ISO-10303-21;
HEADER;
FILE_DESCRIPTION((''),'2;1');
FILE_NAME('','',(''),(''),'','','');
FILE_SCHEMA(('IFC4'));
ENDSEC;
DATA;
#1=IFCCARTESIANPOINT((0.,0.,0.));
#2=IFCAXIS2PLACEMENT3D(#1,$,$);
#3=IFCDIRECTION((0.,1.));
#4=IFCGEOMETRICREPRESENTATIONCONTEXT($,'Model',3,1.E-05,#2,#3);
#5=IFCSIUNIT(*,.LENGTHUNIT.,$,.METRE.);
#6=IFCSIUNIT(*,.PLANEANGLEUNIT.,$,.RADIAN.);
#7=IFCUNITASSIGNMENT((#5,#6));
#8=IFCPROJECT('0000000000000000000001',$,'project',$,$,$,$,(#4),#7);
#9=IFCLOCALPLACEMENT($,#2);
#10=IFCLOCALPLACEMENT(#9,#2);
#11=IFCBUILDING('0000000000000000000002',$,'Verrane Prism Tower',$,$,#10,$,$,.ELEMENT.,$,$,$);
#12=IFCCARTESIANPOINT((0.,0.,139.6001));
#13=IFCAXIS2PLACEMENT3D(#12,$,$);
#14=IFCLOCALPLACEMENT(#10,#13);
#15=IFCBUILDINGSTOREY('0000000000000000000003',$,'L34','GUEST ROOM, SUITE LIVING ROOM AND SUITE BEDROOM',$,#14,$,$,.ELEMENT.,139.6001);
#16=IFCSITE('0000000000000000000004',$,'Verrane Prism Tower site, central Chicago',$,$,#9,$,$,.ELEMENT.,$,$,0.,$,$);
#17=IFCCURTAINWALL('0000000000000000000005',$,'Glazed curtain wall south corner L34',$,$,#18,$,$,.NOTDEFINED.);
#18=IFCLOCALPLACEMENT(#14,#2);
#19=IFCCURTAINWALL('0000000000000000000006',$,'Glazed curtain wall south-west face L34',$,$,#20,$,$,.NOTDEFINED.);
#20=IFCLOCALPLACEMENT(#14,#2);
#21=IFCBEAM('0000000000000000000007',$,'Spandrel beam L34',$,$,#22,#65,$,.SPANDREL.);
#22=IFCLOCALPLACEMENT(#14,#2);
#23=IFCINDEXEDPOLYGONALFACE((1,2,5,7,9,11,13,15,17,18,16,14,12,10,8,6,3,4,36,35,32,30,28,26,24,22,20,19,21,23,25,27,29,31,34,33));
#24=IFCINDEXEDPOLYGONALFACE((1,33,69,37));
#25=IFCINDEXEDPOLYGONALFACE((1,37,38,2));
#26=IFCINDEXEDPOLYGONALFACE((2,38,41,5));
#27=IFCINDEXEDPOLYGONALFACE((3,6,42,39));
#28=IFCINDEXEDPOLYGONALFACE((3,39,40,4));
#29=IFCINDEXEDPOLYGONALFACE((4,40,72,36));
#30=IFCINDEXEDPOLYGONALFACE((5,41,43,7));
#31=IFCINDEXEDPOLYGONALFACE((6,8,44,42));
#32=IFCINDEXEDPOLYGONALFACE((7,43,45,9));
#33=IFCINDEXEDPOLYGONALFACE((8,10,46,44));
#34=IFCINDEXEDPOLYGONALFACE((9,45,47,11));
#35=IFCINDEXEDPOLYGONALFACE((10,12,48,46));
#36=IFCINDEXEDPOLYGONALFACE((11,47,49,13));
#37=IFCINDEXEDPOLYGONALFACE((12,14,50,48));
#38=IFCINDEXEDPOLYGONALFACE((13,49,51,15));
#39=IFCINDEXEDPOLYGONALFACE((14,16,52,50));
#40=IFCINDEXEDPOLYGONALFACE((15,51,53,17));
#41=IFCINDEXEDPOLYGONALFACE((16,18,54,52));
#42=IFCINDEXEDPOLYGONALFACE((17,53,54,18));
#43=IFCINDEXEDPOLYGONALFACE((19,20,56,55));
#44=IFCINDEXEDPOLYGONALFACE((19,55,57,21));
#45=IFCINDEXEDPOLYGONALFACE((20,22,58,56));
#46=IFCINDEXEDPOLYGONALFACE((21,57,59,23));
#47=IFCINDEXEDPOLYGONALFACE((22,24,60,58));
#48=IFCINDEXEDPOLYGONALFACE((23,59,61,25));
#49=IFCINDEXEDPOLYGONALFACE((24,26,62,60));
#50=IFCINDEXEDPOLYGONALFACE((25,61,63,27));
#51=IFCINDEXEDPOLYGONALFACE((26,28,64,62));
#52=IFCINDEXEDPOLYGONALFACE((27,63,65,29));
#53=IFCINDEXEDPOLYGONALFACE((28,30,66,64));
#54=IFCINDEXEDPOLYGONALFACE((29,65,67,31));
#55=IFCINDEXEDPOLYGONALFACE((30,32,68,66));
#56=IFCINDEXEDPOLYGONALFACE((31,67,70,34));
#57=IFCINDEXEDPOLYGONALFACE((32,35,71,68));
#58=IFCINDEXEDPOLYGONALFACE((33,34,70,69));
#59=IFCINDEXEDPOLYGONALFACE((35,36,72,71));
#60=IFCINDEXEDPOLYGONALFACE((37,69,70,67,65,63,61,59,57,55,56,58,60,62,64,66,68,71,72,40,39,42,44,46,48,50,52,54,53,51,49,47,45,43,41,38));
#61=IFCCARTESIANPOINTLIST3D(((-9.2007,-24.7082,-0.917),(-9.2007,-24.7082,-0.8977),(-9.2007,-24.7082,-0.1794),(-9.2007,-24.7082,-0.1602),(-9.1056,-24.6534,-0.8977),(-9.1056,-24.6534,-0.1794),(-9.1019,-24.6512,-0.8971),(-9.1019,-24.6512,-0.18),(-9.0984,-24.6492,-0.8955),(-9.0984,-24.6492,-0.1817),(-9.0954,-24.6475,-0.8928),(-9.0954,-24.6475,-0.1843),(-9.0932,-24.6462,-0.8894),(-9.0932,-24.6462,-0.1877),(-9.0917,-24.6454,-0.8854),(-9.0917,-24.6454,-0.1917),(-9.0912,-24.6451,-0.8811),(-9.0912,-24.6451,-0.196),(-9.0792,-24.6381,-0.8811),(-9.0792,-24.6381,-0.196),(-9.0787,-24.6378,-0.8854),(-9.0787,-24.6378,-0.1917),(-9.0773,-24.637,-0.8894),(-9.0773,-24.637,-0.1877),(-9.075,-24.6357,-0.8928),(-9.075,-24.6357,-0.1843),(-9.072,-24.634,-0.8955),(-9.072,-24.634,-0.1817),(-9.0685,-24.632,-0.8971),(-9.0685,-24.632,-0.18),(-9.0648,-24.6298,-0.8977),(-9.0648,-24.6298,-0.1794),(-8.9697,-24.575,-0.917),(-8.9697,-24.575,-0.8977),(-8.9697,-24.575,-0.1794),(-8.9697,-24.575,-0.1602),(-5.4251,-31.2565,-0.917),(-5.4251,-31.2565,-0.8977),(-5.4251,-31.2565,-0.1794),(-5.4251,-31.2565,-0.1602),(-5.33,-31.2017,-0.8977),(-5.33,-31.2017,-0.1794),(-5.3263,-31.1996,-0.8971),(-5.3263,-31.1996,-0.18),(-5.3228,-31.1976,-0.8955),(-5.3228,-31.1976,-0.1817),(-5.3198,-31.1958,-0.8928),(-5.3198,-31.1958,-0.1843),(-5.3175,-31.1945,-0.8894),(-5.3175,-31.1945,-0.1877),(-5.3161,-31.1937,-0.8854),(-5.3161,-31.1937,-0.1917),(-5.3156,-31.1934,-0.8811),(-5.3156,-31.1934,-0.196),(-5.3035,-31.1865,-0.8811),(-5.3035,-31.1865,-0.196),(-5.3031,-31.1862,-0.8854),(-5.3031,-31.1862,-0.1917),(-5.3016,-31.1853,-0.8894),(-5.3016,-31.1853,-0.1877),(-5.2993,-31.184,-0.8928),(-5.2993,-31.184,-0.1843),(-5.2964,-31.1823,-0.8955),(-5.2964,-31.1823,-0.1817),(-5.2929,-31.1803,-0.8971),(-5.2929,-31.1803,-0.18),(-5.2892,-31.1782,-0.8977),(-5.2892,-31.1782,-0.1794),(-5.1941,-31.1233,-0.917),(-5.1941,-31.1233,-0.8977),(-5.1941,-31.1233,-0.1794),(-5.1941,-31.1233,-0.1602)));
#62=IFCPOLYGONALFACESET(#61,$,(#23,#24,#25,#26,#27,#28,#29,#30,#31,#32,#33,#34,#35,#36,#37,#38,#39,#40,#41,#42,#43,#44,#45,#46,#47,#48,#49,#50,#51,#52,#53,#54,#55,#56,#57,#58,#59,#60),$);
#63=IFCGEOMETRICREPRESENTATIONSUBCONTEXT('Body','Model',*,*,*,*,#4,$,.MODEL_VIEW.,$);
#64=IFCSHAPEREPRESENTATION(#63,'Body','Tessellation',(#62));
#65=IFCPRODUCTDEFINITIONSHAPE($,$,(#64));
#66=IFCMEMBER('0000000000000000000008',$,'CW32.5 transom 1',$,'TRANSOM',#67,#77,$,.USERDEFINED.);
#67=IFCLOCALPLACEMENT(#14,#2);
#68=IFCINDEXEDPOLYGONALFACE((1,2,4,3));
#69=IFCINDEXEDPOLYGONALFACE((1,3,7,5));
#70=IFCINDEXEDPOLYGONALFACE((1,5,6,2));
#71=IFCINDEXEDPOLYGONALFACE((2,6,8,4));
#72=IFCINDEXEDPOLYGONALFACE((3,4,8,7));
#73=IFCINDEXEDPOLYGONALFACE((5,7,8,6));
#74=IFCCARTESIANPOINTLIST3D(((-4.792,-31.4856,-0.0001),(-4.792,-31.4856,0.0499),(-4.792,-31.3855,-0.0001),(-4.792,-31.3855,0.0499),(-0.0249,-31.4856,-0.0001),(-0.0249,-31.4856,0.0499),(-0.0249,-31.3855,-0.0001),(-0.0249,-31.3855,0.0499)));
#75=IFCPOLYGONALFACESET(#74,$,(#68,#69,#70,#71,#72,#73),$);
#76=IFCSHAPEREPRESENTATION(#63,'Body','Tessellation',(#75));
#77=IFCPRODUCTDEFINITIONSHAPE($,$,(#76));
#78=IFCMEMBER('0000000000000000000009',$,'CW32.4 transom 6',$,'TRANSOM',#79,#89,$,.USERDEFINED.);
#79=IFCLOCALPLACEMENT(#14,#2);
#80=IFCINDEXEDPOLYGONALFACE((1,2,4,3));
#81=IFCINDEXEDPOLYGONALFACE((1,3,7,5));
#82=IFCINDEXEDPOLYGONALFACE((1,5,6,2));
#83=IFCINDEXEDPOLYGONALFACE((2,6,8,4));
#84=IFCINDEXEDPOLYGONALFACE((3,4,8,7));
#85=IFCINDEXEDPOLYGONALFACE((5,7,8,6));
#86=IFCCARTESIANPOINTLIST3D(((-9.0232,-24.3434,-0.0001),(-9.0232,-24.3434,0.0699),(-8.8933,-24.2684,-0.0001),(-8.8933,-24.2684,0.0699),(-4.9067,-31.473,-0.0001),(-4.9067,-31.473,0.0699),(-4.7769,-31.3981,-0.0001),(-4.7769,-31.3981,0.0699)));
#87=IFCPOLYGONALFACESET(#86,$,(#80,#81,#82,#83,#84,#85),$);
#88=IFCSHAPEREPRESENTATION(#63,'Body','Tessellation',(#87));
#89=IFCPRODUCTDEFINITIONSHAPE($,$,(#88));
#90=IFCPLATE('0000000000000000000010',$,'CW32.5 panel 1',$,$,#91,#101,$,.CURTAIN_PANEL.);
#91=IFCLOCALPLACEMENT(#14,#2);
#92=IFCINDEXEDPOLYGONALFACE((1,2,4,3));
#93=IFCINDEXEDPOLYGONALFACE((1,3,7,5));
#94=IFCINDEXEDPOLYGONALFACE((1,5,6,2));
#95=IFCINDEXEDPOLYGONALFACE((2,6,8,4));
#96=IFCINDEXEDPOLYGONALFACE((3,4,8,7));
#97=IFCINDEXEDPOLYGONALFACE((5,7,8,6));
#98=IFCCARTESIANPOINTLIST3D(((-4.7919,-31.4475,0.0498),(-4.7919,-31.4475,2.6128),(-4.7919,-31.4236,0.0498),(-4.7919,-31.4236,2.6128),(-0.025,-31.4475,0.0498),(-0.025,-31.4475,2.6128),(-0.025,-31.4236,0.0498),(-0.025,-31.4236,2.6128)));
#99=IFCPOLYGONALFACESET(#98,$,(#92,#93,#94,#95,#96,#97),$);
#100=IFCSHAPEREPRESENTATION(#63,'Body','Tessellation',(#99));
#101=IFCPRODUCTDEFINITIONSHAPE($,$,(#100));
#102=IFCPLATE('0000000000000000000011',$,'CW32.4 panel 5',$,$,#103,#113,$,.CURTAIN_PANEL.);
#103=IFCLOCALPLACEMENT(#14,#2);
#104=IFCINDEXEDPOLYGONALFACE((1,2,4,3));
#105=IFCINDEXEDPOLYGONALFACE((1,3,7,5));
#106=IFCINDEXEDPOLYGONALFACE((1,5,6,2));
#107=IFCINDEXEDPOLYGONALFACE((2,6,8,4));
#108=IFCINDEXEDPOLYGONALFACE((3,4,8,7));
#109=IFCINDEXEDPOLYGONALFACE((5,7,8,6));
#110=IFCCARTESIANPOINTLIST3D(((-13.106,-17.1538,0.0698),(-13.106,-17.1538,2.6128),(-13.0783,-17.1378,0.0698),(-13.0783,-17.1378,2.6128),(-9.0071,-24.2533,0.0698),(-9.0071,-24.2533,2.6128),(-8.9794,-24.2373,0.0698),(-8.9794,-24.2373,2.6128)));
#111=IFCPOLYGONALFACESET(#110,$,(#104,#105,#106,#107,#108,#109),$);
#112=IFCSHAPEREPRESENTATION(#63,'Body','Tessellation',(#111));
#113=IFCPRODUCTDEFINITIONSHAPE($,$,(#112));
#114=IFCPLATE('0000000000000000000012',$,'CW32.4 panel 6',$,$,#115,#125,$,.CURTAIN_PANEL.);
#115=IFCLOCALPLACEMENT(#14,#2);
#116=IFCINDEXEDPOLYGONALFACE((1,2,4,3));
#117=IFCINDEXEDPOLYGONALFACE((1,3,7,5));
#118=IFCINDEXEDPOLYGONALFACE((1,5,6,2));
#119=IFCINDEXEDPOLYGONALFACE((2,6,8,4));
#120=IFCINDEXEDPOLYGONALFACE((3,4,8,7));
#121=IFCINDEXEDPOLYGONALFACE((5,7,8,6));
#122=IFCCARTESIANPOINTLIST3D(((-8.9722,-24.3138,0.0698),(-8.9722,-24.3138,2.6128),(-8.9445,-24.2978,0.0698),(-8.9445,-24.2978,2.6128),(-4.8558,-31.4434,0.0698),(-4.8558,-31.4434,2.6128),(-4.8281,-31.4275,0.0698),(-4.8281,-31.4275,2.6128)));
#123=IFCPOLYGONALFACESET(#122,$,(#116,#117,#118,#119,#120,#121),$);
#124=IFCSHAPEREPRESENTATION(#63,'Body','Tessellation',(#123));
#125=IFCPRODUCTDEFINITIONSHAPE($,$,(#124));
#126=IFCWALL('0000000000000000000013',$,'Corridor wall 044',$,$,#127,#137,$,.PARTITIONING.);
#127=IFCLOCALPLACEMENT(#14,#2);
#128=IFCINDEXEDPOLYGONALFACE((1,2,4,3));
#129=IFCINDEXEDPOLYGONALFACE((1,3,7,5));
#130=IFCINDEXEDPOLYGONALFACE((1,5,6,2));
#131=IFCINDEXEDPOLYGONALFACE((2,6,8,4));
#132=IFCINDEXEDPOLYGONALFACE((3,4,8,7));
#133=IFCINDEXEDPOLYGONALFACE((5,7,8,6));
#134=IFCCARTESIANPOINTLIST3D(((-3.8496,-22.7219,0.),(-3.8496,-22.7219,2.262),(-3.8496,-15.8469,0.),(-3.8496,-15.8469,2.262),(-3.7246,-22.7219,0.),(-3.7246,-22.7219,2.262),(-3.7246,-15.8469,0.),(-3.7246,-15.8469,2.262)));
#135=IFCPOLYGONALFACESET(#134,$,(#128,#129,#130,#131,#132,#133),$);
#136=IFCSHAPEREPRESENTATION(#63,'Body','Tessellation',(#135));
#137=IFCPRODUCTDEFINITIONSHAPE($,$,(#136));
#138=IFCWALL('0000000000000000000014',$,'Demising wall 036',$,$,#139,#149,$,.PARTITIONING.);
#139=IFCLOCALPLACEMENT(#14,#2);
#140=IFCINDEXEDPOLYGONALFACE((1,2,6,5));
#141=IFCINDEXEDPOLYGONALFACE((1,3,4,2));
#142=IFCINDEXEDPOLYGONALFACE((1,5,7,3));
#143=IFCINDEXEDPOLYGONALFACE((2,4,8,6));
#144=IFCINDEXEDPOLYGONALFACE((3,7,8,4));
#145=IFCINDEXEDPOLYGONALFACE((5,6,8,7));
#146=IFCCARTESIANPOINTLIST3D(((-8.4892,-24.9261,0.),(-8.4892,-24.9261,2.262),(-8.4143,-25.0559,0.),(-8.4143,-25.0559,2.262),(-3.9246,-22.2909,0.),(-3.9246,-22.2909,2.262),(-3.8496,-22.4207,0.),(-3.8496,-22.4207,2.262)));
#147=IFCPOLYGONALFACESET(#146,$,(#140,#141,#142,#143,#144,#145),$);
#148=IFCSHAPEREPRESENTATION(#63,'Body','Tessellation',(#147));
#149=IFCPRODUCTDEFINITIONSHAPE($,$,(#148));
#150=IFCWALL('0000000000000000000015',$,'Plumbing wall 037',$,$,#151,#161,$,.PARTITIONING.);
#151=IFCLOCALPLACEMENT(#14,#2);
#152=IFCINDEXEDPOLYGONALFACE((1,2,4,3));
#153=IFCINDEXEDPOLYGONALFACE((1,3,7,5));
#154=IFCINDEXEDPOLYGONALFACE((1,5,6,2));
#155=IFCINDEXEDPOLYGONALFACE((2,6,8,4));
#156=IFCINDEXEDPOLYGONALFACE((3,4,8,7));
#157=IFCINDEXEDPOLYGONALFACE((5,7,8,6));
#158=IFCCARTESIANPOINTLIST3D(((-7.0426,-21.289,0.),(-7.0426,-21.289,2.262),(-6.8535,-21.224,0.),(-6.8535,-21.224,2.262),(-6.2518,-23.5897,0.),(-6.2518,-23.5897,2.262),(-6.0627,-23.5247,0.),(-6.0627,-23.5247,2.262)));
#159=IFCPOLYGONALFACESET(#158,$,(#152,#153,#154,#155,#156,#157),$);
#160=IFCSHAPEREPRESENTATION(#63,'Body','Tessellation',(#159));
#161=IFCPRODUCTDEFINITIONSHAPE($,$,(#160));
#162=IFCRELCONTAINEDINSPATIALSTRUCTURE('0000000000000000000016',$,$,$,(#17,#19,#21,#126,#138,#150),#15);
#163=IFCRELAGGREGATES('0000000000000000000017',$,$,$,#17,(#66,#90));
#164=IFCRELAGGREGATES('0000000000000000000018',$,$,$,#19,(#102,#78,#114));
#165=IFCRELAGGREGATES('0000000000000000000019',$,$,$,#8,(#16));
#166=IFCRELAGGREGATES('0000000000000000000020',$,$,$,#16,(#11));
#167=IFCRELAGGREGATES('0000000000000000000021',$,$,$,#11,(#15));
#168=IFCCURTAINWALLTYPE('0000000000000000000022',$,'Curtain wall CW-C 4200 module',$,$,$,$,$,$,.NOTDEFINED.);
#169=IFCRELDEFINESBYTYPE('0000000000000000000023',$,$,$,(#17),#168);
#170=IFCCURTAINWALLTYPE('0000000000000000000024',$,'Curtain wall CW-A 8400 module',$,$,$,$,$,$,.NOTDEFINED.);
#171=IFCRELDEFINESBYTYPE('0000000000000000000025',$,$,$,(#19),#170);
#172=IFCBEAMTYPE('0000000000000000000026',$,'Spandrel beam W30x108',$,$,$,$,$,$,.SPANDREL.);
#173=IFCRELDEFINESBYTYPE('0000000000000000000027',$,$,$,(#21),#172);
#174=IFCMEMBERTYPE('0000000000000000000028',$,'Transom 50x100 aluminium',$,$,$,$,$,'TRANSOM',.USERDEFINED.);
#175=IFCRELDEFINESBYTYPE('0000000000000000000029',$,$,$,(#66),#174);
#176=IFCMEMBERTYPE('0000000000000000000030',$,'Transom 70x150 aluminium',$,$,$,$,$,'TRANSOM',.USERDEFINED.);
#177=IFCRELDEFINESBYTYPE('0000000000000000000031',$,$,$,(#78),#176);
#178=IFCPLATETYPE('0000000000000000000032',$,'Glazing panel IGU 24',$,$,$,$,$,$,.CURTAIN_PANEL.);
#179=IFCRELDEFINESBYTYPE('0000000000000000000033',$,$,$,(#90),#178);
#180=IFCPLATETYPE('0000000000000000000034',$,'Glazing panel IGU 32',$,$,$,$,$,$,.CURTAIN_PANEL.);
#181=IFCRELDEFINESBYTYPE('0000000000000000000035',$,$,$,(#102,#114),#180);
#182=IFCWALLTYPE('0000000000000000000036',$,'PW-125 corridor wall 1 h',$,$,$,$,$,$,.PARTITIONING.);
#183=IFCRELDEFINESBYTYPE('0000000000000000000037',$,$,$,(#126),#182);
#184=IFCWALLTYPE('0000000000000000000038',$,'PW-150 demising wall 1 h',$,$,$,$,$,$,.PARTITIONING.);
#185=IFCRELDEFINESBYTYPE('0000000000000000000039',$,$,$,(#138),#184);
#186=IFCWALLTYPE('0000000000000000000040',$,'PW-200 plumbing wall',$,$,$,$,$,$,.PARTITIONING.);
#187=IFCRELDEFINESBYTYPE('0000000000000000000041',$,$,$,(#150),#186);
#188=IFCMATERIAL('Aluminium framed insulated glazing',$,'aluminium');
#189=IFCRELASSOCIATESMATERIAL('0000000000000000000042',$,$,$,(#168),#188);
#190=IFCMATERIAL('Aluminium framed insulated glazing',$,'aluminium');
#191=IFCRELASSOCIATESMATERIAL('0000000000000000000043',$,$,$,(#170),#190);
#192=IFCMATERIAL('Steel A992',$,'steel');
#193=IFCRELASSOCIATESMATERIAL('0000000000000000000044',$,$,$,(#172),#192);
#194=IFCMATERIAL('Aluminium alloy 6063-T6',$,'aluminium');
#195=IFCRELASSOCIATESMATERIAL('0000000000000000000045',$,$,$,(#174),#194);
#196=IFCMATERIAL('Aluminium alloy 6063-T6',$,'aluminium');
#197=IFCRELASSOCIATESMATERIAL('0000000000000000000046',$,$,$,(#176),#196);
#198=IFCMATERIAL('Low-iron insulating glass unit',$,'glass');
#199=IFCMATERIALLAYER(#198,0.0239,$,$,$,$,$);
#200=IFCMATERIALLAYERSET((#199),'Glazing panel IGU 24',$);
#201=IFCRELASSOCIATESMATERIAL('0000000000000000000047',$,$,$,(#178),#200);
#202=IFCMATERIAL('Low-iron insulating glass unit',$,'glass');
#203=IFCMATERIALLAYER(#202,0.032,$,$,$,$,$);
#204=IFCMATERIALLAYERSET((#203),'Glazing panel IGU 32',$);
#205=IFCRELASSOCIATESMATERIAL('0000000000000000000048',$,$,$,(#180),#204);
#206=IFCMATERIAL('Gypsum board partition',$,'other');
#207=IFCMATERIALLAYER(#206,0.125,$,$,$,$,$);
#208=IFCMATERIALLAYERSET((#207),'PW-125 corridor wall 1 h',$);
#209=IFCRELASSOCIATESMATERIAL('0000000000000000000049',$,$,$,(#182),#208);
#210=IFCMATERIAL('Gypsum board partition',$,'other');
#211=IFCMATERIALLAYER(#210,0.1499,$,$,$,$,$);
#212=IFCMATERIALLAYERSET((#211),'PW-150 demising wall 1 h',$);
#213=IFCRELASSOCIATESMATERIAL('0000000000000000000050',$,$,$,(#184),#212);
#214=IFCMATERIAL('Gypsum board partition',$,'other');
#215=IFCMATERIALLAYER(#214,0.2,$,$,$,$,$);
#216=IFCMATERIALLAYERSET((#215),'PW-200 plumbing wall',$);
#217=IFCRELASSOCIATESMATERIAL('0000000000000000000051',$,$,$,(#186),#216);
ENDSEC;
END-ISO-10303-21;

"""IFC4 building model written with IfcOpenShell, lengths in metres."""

from ifc_helpers import new_model, si_unit, direction, frame, frame_2d, origin, origin_2d, place, context, subcontext, project, spatial, rectangle, i_section, extrude, material, layer, layer_set, material_profile, profile_set, type_object, element, aggregate, save


model = new_model("IFC4")

# Units and contexts
model_context = context("Model", 3, precision=1e-05, world=origin(), true_north=direction((0.0, 1.0)))
body_context = subcontext(model_context, "Body", "Model", "MODEL_VIEW")
ifc_project = project(units=[si_unit("LENGTHUNIT", "METRE"), si_unit("PLANEANGLEUNIT", "RADIAN")], contexts=[model_context])

# Site, building, storey
site_placement = place(None, origin())
site = spatial("IfcSite", under=ifc_project, at=site_placement, Name="Verrane Prism Tower site, central Chicago", CompositionType="ELEMENT", RefElevation=0.0)
building_placement = place(site_placement, origin())
building = spatial("IfcBuilding", under=site, at=building_placement, Name="Verrane Prism Tower", CompositionType="ELEMENT")
storey_placement = place(building_placement, frame((0.0, 0.0, 139.6001)))
storey = spatial("IfcBuildingStorey", under=building, at=storey_placement, Name="L34", Description="GUEST ROOM, SUITE LIVING ROOM AND SUITE BEDROOM", CompositionType="ELEMENT", Elevation=139.6001)

# Curtain wall
ifc_material_1 = material(Name="Aluminium framed insulated glazing", Category="aluminium")
curtain_wall_type_1 = type_object("IfcCurtainWallType", Name="Curtain wall CW-C 4200 module", PredefinedType="NOTDEFINED", material=ifc_material_1)
curtain_wall_1_placement = place(storey_placement, origin())
curtain_wall_1 = element("IfcCurtainWall", 1, at=curtain_wall_1_placement, inside=storey, type_object=curtain_wall_type_1, Name="Glazed curtain wall south corner L34", PredefinedType="NOTDEFINED")

# Curtain wall
ifc_material_2 = material(Name="Aluminium framed insulated glazing", Category="aluminium")
curtain_wall_type_2 = type_object("IfcCurtainWallType", Name="Curtain wall CW-A 8400 module", PredefinedType="NOTDEFINED", material=ifc_material_2)
curtain_wall_2_placement = place(storey_placement, origin())
curtain_wall_2 = element("IfcCurtainWall", 2, at=curtain_wall_2_placement, inside=storey, type_object=curtain_wall_type_2, Name="Glazed curtain wall south-west face L34", PredefinedType="NOTDEFINED")

# Beam
ifc_material_3 = material(Name="Steel A992", Category="steel")
ifc_material_profile_1 = material_profile(ifc_material_3, i_section(OverallWidth=0.2666, OverallDepth=0.7568, WebThickness=0.0139, FlangeThickness=0.0193, FilletRadius=0.0166, at=origin_2d()), Name="W30x108")
ifc_profile_set_1 = profile_set([ifc_material_profile_1], Name="Steel A992")
beam_type_1 = type_object("IfcBeamType", Name="Spandrel beam W30x108", PredefinedType="SPANDREL", material=ifc_profile_set_1)
beam_1_placement = place(storey_placement, frame((-9.0852, -24.6416, -0.5386), z_axis=(0.499499, -0.866315, 0.0), x_axis=(0.866315, 0.499499, 0.0)))
element("IfcBeam", 3, at=beam_1_placement, inside=storey, type_object=beam_type_1, Name="Spandrel beam L34", PredefinedType="SPANDREL", context=body_context, shape_type="SweptSolid", body=[
    extrude(i_section(OverallWidth=0.2666, OverallDepth=0.7568, WebThickness=0.0139, FlangeThickness=0.0193, FilletRadius=0.0166, at=origin_2d()), origin(), (0.0, 0.0, 1.0), 7.5588),
])

# Members
ifc_material_4 = material(Name="Aluminium alloy 6063-T6", Category="aluminium")
ifc_material_profile_2 = material_profile(ifc_material_4, rectangle(XDim=0.1001, YDim=0.05, at=origin_2d()), Name="Transom 50x100 aluminium")
ifc_profile_set_2 = profile_set([ifc_material_profile_2], Name="Aluminium alloy 6063-T6")
member_type_1 = type_object("IfcMemberType", Name="Transom 50x100 aluminium", ElementType="TRANSOM", PredefinedType="USERDEFINED", material=ifc_profile_set_2)
member_1_placement = place(storey_placement, frame((-4.792, -31.4355, 0.0249), z_axis=(1.0, 0.0, 0.0), x_axis=(0.0, 1.0, 0.0)))
member_1 = element("IfcMember", 4, at=member_1_placement, type_object=member_type_1, Name="CW32.5 transom 1", ObjectType="TRANSOM", PredefinedType="USERDEFINED", context=body_context, shape_type="SweptSolid", body=[
    extrude(rectangle(XDim=0.1001, YDim=0.05, at=origin_2d()), origin(), (0.0, 0.0, 1.0), 4.7671),
])
ifc_material_5 = material(Name="Aluminium alloy 6063-T6", Category="aluminium")
ifc_material_profile_3 = material_profile(ifc_material_5, rectangle(XDim=0.1499, YDim=0.0701, at=origin_2d()), Name="Transom 70x150 aluminium")
ifc_profile_set_3 = profile_set([ifc_material_profile_3], Name="Aluminium alloy 6063-T6")
member_type_2 = type_object("IfcMemberType", Name="Transom 70x150 aluminium", ElementType="TRANSOM", PredefinedType="USERDEFINED", material=ifc_profile_set_3)
member_2_placement = place(storey_placement, frame((-8.9583, -24.3059, 0.0349), z_axis=(0.500014, -0.866017, 0.0), x_axis=(0.866017, 0.500014, 0.0)))
member_2 = element("IfcMember", 5, at=member_2_placement, type_object=member_type_2, Name="CW32.4 transom 6", ObjectType="TRANSOM", PredefinedType="USERDEFINED", context=body_context, shape_type="SweptSolid", body=[
    extrude(rectangle(XDim=0.1499, YDim=0.0701, at=origin_2d()), origin(), (0.0, 0.0, 1.0), 8.2327),
])

# Plates
ifc_material_6 = material(Name="Low-iron insulating glass unit", Category="glass")
ifc_layer_1 = layer(ifc_material_6, 0.0239)
ifc_layer_set_1 = layer_set([ifc_layer_1], Name="Glazing panel IGU 24")
plate_type_1 = type_object("IfcPlateType", Name="Glazing panel IGU 24", PredefinedType="CURTAIN_PANEL", material=ifc_layer_set_1)
plate_1_placement = place(storey_placement, frame((-2.4084, -31.4355, 0.0498), z_axis=(0.0, 0.0, 1.0), x_axis=(1.0, 0.0, 0.0)))
plate_1 = element("IfcPlate", 6, at=plate_1_placement, type_object=plate_type_1, Name="CW32.5 panel 1", PredefinedType="CURTAIN_PANEL", context=body_context, shape_type="SweptSolid", body=[
    extrude(rectangle(XDim=4.7668, YDim=0.0239, at=origin_2d()), origin(), (0.0, 0.0, 1.0), 2.563),
])
aggregate(curtain_wall_1, [member_1, plate_1])
ifc_material_7 = material(Name="Low-iron insulating glass unit", Category="glass")
ifc_layer_2 = layer(ifc_material_7, 0.032)
ifc_layer_set_2 = layer_set([ifc_layer_2], Name="Glazing panel IGU 32")
plate_type_2 = type_object("IfcPlateType", Name="Glazing panel IGU 32", PredefinedType="CURTAIN_PANEL", material=ifc_layer_set_2)
plate_2_placement = place(storey_placement, frame((-11.0427, -20.6956, 0.0698), z_axis=(0.0, 0.0, 1.0), x_axis=(0.5, -0.866025, 0.0)))
plate_2 = element("IfcPlate", 7, at=plate_2_placement, type_object=plate_type_2, Name="CW32.4 panel 5", PredefinedType="CURTAIN_PANEL", context=body_context, shape_type="SweptSolid", body=[
    extrude(rectangle(XDim=8.1978, YDim=0.032, at=origin_2d()), origin(), (0.0, 0.0, 1.0), 2.543),
])
plate_3_placement = place(storey_placement, frame((-6.9001, -27.8706, 0.0698), z_axis=(0.0, 0.0, 1.0), x_axis=(0.5, -0.866025, 0.0)))
plate_3 = element("IfcPlate", 8, at=plate_3_placement, type_object=plate_type_2, Name="CW32.4 panel 6", PredefinedType="CURTAIN_PANEL", context=body_context, shape_type="SweptSolid", body=[
    extrude(rectangle(XDim=8.2327, YDim=0.032, at=origin_2d()), origin(), (0.0, 0.0, 1.0), 2.543),
])
aggregate(curtain_wall_2, [plate_2, member_2, plate_3])

# Walls
ifc_material_8 = material(Name="Gypsum board partition", Category="other")
ifc_layer_3 = layer(ifc_material_8, 0.125)
ifc_layer_set_3 = layer_set([ifc_layer_3], Name="PW-125 corridor wall 1 h")
wall_type_1 = type_object("IfcWallType", Name="PW-125 corridor wall 1 h", PredefinedType="PARTITIONING", material=ifc_layer_set_3)
wall_1_placement = place(storey_placement, frame((-3.7871, -22.7219, 0.0), z_axis=(0.0, 0.0, 1.0), x_axis=(0.0, 1.0, 0.0)))
element("IfcWall", 9, at=wall_1_placement, inside=storey, type_object=wall_type_1, Name="Corridor wall 044", PredefinedType="PARTITIONING", context=body_context, shape_type="SweptSolid", body=[
    extrude(rectangle(XDim=6.875, YDim=0.125, at=frame_2d((3.4375, 0.0))), origin(), (0.0, 0.0, 1.0), 2.262),
])
ifc_material_9 = material(Name="Gypsum board partition", Category="other")
ifc_layer_4 = layer(ifc_material_9, 0.1499)
ifc_layer_set_4 = layer_set([ifc_layer_4], Name="PW-150 demising wall 1 h")
wall_type_2 = type_object("IfcWallType", Name="PW-150 demising wall 1 h", PredefinedType="PARTITIONING", material=ifc_layer_set_4)
wall_2_placement = place(storey_placement, frame((-8.4517, -24.991, 0.0), z_axis=(0.0, 0.0, 1.0), x_axis=(0.86604, 0.499975, 0.0)))
element("IfcWall", 10, at=wall_2_placement, inside=storey, type_object=wall_type_2, Name="Demising wall 036", PredefinedType="PARTITIONING", context=body_context, shape_type="SweptSolid", body=[
    extrude(rectangle(XDim=5.2708, YDim=0.1499, at=frame_2d((2.6353, 0.0))), origin(), (0.0, 0.0, 1.0), 2.262),
])
ifc_material_10 = material(Name="Gypsum board partition", Category="other")
ifc_layer_5 = layer(ifc_material_10, 0.2)
ifc_layer_set_5 = layer_set([ifc_layer_5], Name="PW-200 plumbing wall")
wall_type_3 = type_object("IfcWallType", Name="PW-200 plumbing wall", PredefinedType="PARTITIONING", material=ifc_layer_set_5)
wall_3_placement = place(storey_placement, frame((-6.948, -21.2566, 0.0), z_axis=(0.0, 0.0, 1.0), x_axis=(0.325035, -0.945702, 0.0)))
element("IfcWall", 11, at=wall_3_placement, inside=storey, type_object=wall_type_3, Name="Plumbing wall 037", PredefinedType="PARTITIONING", context=body_context, shape_type="SweptSolid", body=[
    extrude(rectangle(XDim=2.4329, YDim=0.2, at=frame_2d((1.2163, 0.0))), origin(), (0.0, 0.0, 1.0), 2.262),
])

save(model, "model.ifc")
